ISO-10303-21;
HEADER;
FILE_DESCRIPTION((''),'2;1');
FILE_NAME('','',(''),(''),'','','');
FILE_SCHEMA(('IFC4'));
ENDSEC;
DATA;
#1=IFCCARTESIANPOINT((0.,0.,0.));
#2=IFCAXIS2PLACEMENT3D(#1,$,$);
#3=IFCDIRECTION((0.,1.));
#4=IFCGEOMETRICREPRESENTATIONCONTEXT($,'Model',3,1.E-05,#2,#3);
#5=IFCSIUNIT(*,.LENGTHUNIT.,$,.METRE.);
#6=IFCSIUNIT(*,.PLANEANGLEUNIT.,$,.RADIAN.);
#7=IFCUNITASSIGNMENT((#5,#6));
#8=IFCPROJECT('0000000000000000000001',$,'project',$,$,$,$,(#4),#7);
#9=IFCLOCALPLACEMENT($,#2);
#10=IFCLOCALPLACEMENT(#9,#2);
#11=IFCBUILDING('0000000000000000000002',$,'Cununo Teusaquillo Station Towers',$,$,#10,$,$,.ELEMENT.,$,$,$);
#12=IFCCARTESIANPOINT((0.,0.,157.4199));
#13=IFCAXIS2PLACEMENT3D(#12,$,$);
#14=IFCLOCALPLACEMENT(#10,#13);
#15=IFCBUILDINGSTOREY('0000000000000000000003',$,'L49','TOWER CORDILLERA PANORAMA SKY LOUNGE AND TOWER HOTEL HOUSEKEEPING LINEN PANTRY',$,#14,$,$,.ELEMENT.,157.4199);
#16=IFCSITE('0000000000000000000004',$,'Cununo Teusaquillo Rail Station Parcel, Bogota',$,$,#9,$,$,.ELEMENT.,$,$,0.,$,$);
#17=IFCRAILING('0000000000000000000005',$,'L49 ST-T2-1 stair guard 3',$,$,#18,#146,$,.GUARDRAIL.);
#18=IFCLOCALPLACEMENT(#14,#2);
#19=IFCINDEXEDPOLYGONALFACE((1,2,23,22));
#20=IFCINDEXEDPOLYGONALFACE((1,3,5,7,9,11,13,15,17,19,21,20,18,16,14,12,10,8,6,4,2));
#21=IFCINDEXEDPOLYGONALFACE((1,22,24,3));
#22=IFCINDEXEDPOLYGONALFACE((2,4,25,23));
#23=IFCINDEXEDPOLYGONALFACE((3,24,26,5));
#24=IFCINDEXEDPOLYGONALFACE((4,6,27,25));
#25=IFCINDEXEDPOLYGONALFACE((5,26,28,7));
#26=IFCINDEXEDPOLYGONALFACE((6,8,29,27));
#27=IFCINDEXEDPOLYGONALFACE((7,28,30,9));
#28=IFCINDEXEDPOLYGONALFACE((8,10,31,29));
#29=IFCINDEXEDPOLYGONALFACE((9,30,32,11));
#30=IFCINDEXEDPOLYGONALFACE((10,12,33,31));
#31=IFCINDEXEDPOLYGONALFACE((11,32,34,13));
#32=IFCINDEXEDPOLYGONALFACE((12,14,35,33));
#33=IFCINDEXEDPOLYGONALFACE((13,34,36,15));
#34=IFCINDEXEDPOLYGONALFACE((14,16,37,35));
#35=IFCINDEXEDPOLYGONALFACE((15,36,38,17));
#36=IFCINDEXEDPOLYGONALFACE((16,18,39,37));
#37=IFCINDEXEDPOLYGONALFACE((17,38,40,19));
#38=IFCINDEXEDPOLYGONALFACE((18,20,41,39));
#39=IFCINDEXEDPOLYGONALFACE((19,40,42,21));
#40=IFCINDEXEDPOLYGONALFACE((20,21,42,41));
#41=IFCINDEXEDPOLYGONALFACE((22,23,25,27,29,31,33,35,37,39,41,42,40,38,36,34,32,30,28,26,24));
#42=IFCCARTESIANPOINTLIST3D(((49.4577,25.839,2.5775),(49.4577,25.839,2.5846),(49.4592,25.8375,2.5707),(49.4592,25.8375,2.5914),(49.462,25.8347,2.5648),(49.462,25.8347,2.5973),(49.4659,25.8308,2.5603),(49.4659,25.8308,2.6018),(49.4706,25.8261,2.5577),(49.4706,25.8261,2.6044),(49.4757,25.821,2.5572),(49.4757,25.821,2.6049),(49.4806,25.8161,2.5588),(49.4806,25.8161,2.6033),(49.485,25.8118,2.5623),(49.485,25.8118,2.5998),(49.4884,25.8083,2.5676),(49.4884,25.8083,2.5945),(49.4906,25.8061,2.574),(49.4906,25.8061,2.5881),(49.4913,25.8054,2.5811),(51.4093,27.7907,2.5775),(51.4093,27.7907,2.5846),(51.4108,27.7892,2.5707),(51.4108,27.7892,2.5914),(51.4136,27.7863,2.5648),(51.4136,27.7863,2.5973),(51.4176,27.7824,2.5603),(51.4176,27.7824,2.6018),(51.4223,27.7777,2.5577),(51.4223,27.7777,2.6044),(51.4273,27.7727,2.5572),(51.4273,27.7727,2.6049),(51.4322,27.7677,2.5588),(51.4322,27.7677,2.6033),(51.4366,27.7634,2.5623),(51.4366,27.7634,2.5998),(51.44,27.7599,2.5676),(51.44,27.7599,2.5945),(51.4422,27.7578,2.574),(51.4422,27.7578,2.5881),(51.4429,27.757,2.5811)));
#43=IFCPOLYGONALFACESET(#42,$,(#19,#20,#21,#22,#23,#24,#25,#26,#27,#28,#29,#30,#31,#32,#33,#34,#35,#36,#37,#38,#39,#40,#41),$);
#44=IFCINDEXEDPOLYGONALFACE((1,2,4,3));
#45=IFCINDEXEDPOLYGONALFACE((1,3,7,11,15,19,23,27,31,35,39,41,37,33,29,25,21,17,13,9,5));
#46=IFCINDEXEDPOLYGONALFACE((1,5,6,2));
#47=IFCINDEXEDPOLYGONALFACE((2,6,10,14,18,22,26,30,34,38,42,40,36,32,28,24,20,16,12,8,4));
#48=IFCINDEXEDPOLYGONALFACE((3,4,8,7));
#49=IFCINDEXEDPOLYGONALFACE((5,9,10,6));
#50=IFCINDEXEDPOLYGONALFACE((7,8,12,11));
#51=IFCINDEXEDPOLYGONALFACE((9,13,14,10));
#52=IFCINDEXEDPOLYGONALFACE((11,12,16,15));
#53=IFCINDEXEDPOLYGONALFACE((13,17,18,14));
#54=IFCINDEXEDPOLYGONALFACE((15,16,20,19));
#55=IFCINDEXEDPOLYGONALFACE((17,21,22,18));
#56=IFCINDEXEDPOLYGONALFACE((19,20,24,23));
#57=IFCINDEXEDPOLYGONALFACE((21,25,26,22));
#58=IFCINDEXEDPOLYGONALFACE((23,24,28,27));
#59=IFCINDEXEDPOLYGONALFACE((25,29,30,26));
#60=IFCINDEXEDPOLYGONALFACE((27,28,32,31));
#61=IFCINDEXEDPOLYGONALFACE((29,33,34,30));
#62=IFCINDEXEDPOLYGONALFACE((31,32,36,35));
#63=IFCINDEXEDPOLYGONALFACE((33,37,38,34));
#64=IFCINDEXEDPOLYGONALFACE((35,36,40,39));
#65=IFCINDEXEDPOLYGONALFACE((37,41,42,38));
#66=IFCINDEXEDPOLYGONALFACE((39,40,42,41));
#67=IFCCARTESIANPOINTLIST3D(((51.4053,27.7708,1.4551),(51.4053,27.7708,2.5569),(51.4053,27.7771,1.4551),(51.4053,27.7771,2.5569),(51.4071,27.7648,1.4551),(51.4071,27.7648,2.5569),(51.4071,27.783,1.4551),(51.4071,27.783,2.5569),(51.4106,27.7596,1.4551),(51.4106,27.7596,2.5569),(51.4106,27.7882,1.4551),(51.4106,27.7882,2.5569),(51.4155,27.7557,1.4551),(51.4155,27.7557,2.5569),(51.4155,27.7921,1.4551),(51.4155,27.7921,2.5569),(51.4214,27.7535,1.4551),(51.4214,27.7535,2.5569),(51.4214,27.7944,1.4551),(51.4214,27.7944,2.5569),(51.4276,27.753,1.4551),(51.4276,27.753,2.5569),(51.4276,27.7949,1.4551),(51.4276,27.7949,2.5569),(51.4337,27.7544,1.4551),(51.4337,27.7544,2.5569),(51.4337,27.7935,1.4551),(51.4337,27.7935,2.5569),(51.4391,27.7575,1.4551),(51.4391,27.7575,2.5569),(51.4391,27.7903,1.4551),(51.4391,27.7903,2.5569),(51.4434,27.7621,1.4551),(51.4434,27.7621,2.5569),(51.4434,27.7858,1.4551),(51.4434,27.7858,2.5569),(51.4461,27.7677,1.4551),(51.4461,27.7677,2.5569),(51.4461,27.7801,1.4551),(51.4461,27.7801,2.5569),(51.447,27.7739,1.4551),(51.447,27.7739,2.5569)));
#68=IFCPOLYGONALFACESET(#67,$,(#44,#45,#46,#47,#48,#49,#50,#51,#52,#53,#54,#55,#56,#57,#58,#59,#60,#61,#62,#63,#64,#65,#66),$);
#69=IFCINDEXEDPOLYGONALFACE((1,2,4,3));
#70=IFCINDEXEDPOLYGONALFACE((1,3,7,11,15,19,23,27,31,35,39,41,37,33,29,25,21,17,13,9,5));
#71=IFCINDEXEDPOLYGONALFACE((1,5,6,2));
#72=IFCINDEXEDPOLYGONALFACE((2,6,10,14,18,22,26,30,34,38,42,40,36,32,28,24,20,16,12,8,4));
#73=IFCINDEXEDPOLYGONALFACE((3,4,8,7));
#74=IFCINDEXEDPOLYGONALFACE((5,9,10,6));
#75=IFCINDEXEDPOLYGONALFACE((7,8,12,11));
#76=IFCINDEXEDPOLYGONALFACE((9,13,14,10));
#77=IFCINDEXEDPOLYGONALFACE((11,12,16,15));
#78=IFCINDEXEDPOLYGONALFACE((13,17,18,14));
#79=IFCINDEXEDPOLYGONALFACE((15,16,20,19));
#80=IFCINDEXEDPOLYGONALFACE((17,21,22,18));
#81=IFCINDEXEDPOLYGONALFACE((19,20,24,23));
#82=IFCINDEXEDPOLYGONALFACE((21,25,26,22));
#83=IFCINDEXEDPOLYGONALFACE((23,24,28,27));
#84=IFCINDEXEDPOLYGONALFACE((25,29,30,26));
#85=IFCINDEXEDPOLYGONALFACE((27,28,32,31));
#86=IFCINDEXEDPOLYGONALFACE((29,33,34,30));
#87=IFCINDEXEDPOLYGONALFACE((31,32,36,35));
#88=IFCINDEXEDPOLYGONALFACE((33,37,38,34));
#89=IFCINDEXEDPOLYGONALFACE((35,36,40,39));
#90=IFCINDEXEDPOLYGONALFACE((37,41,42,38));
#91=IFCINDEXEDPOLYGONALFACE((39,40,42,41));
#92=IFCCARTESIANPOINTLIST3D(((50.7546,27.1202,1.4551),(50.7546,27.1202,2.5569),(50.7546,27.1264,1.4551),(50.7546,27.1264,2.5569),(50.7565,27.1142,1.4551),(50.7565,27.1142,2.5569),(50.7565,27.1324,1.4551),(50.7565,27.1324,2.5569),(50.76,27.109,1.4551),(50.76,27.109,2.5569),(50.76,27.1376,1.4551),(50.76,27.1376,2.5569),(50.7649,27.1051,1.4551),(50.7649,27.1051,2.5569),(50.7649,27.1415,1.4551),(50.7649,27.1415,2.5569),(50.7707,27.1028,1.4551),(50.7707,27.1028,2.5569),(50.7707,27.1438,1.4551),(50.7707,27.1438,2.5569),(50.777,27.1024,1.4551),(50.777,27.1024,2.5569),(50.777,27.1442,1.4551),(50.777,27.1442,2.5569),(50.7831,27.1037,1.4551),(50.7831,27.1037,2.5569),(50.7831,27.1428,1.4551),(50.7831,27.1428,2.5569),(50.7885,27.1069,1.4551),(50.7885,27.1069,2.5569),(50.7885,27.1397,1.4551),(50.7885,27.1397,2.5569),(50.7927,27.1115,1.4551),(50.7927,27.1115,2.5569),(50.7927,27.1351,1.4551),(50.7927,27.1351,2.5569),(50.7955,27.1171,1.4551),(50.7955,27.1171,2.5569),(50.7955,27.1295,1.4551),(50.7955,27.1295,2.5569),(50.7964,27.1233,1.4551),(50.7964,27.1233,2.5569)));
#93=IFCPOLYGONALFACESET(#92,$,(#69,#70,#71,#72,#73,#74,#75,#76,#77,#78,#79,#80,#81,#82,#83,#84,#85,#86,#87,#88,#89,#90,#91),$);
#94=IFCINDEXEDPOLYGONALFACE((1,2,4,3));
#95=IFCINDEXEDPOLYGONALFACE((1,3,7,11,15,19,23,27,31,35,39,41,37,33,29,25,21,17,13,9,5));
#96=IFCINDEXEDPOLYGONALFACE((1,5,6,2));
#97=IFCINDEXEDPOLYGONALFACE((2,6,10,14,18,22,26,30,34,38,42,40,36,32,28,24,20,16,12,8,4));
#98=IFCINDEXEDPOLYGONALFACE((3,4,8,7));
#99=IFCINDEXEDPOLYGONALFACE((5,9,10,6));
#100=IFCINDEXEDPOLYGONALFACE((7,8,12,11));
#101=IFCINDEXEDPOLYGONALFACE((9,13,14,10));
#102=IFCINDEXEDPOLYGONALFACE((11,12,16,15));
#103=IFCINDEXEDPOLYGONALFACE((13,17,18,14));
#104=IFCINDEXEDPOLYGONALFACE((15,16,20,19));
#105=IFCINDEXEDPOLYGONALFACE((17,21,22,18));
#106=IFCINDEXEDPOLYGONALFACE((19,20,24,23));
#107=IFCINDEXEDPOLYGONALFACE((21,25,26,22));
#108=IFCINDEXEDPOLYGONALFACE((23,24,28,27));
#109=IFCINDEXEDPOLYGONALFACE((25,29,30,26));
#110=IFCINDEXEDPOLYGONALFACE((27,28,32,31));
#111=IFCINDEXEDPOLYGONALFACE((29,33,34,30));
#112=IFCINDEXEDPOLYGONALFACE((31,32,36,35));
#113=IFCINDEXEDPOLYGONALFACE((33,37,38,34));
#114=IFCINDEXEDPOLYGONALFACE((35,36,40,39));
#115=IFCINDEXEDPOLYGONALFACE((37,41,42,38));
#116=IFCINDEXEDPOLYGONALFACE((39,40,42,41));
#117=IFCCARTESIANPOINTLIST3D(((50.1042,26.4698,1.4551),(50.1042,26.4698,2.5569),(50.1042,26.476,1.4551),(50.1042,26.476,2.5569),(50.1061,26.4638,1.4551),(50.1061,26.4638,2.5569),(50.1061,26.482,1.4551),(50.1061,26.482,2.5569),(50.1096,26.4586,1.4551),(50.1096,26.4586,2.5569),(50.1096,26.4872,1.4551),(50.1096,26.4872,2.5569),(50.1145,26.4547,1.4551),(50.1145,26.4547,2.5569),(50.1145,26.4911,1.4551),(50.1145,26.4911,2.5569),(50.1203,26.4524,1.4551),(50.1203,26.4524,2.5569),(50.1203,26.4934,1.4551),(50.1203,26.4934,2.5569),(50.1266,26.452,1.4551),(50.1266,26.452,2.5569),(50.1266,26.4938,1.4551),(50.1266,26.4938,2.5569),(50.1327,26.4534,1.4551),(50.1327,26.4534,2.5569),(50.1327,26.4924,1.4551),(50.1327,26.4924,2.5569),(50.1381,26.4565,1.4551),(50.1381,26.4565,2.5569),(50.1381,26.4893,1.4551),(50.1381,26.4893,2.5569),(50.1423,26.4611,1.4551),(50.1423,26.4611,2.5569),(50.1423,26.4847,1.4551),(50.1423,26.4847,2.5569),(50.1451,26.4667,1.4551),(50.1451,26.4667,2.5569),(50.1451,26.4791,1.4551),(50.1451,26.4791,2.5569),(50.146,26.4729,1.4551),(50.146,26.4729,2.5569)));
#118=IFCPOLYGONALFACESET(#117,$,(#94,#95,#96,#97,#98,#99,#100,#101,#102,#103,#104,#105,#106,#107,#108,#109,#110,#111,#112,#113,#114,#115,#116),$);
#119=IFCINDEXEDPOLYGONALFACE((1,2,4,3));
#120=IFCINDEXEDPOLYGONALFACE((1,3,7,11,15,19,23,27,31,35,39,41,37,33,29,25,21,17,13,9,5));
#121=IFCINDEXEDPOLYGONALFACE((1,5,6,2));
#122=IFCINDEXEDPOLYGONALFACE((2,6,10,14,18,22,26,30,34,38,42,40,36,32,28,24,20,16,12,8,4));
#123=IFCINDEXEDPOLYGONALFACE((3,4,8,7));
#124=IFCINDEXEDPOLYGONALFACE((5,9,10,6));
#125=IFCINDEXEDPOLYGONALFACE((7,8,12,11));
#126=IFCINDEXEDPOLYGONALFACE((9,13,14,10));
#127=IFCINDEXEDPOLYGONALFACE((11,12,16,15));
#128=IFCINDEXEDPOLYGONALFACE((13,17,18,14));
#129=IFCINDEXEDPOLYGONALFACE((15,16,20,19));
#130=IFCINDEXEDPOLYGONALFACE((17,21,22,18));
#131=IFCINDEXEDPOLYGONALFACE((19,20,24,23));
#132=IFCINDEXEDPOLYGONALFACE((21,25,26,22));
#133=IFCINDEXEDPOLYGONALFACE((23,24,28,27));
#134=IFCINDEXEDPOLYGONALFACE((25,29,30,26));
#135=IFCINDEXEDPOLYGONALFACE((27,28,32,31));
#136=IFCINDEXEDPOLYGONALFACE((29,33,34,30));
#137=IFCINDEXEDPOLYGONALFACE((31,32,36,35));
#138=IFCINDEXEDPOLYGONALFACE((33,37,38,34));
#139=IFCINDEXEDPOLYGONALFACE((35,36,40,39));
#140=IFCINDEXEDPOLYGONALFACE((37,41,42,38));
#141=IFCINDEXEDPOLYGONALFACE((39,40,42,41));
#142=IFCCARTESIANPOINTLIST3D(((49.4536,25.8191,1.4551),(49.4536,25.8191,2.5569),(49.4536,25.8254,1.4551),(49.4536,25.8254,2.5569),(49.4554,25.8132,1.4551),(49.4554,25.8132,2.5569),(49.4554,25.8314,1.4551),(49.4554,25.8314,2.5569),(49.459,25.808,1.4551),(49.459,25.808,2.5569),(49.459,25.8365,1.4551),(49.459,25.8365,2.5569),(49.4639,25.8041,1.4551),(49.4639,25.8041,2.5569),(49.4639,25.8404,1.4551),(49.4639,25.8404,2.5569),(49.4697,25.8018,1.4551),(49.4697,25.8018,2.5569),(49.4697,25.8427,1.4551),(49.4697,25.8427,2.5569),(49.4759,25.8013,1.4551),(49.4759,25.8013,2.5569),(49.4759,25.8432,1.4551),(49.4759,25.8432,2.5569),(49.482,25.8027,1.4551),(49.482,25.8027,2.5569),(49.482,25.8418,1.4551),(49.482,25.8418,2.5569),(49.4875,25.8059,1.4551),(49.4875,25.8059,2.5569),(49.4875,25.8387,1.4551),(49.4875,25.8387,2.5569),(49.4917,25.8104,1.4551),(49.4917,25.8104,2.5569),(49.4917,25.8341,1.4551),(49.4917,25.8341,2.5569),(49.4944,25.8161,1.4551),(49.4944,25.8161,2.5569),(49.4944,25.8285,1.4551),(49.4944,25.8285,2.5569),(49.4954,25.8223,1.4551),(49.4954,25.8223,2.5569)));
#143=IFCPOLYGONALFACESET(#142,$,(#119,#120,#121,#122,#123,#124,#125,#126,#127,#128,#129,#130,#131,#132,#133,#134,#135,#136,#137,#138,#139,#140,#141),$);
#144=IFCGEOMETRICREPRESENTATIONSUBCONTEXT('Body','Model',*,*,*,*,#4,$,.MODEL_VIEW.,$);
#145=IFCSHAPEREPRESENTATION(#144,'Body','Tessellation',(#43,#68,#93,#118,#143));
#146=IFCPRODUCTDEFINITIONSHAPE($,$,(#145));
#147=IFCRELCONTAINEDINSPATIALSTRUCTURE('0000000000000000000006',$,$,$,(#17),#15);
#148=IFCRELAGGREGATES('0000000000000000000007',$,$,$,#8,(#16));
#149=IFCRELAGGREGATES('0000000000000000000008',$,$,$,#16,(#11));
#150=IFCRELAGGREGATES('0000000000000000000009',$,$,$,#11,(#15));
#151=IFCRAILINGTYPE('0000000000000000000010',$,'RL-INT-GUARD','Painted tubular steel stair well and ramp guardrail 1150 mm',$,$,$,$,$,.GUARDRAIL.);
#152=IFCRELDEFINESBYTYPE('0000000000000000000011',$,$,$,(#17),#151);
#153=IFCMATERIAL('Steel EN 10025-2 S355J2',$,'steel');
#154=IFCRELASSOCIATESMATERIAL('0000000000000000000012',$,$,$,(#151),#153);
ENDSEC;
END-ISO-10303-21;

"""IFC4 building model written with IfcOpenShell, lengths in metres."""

from ifc_helpers import new_model, si_unit, direction, frame, origin, origin_2d, place, context, subcontext, project, spatial, circle, extrude, material, type_object, element, save


model = new_model("IFC4")

# Units and contexts
model_context = context("Model", 3, precision=1e-05, world=origin(), true_north=direction((0.0, 1.0)))
body_context = subcontext(model_context, "Body", "Model", "MODEL_VIEW")
ifc_project = project(units=[si_unit("LENGTHUNIT", "METRE"), si_unit("PLANEANGLEUNIT", "RADIAN")], contexts=[model_context])

# Site, building, storey
site_placement = place(None, origin())
site = spatial("IfcSite", under=ifc_project, at=site_placement, Name="Cununo Teusaquillo Rail Station Parcel, Bogota", CompositionType="ELEMENT", RefElevation=0.0)
building_placement = place(site_placement, origin())
building = spatial("IfcBuilding", under=site, at=building_placement, Name="Cununo Teusaquillo Station Towers", CompositionType="ELEMENT")
storey_placement = place(building_placement, frame((0.0, 0.0, 157.4199)))
storey = spatial("IfcBuildingStorey", under=building, at=storey_placement, Name="L49", Description="TOWER CORDILLERA PANORAMA SKY LOUNGE AND TOWER HOTEL HOUSEKEEPING LINEN PANTRY", CompositionType="ELEMENT", Elevation=157.4199)

# Railing
ifc_material_1 = material(Name="Steel EN 10025-2 S355J2", Category="steel")
railing_type = type_object("IfcRailingType", Name="RL-INT-GUARD", Description="Painted tubular steel stair well and ramp guardrail 1150 mm", PredefinedType="GUARDRAIL", material=ifc_material_1)
railing_1_placement = place(storey_placement, frame((51.426, 27.7739, 1.4551)))
element("IfcRailing", 1, at=railing_1_placement, inside=storey, type_object=railing_type, Name="L49 ST-T2-1 stair guard 3", PredefinedType="GUARDRAIL", context=body_context, shape_type="SweptSolid", body=[
    extrude(circle(Radius=0.0239, at=origin_2d()), frame((0.0, 0.0, 1.126), z_axis=(-0.707107, -0.707107, 0.0), x_axis=(0.707107, -0.707107, 0.0)), (0.0, 0.0, 1.0), 2.76),
    extrude(circle(Radius=0.021, at=origin_2d()), origin(), (0.0, 0.0, 1.0), 1.1018),
    extrude(circle(Radius=0.021, at=origin_2d()), frame((-0.6506, -0.6506, 0.0)), (0.0, 0.0, 1.0), 1.1018),
    extrude(circle(Radius=0.021, at=origin_2d()), frame((-1.301, -1.301, 0.0)), (0.0, 0.0, 1.0), 1.1018),
    extrude(circle(Radius=0.021, at=origin_2d()), frame((-1.9517, -1.9517, 0.0)), (0.0, 0.0, 1.0), 1.1018),
])

save(model, "model.ifc")
